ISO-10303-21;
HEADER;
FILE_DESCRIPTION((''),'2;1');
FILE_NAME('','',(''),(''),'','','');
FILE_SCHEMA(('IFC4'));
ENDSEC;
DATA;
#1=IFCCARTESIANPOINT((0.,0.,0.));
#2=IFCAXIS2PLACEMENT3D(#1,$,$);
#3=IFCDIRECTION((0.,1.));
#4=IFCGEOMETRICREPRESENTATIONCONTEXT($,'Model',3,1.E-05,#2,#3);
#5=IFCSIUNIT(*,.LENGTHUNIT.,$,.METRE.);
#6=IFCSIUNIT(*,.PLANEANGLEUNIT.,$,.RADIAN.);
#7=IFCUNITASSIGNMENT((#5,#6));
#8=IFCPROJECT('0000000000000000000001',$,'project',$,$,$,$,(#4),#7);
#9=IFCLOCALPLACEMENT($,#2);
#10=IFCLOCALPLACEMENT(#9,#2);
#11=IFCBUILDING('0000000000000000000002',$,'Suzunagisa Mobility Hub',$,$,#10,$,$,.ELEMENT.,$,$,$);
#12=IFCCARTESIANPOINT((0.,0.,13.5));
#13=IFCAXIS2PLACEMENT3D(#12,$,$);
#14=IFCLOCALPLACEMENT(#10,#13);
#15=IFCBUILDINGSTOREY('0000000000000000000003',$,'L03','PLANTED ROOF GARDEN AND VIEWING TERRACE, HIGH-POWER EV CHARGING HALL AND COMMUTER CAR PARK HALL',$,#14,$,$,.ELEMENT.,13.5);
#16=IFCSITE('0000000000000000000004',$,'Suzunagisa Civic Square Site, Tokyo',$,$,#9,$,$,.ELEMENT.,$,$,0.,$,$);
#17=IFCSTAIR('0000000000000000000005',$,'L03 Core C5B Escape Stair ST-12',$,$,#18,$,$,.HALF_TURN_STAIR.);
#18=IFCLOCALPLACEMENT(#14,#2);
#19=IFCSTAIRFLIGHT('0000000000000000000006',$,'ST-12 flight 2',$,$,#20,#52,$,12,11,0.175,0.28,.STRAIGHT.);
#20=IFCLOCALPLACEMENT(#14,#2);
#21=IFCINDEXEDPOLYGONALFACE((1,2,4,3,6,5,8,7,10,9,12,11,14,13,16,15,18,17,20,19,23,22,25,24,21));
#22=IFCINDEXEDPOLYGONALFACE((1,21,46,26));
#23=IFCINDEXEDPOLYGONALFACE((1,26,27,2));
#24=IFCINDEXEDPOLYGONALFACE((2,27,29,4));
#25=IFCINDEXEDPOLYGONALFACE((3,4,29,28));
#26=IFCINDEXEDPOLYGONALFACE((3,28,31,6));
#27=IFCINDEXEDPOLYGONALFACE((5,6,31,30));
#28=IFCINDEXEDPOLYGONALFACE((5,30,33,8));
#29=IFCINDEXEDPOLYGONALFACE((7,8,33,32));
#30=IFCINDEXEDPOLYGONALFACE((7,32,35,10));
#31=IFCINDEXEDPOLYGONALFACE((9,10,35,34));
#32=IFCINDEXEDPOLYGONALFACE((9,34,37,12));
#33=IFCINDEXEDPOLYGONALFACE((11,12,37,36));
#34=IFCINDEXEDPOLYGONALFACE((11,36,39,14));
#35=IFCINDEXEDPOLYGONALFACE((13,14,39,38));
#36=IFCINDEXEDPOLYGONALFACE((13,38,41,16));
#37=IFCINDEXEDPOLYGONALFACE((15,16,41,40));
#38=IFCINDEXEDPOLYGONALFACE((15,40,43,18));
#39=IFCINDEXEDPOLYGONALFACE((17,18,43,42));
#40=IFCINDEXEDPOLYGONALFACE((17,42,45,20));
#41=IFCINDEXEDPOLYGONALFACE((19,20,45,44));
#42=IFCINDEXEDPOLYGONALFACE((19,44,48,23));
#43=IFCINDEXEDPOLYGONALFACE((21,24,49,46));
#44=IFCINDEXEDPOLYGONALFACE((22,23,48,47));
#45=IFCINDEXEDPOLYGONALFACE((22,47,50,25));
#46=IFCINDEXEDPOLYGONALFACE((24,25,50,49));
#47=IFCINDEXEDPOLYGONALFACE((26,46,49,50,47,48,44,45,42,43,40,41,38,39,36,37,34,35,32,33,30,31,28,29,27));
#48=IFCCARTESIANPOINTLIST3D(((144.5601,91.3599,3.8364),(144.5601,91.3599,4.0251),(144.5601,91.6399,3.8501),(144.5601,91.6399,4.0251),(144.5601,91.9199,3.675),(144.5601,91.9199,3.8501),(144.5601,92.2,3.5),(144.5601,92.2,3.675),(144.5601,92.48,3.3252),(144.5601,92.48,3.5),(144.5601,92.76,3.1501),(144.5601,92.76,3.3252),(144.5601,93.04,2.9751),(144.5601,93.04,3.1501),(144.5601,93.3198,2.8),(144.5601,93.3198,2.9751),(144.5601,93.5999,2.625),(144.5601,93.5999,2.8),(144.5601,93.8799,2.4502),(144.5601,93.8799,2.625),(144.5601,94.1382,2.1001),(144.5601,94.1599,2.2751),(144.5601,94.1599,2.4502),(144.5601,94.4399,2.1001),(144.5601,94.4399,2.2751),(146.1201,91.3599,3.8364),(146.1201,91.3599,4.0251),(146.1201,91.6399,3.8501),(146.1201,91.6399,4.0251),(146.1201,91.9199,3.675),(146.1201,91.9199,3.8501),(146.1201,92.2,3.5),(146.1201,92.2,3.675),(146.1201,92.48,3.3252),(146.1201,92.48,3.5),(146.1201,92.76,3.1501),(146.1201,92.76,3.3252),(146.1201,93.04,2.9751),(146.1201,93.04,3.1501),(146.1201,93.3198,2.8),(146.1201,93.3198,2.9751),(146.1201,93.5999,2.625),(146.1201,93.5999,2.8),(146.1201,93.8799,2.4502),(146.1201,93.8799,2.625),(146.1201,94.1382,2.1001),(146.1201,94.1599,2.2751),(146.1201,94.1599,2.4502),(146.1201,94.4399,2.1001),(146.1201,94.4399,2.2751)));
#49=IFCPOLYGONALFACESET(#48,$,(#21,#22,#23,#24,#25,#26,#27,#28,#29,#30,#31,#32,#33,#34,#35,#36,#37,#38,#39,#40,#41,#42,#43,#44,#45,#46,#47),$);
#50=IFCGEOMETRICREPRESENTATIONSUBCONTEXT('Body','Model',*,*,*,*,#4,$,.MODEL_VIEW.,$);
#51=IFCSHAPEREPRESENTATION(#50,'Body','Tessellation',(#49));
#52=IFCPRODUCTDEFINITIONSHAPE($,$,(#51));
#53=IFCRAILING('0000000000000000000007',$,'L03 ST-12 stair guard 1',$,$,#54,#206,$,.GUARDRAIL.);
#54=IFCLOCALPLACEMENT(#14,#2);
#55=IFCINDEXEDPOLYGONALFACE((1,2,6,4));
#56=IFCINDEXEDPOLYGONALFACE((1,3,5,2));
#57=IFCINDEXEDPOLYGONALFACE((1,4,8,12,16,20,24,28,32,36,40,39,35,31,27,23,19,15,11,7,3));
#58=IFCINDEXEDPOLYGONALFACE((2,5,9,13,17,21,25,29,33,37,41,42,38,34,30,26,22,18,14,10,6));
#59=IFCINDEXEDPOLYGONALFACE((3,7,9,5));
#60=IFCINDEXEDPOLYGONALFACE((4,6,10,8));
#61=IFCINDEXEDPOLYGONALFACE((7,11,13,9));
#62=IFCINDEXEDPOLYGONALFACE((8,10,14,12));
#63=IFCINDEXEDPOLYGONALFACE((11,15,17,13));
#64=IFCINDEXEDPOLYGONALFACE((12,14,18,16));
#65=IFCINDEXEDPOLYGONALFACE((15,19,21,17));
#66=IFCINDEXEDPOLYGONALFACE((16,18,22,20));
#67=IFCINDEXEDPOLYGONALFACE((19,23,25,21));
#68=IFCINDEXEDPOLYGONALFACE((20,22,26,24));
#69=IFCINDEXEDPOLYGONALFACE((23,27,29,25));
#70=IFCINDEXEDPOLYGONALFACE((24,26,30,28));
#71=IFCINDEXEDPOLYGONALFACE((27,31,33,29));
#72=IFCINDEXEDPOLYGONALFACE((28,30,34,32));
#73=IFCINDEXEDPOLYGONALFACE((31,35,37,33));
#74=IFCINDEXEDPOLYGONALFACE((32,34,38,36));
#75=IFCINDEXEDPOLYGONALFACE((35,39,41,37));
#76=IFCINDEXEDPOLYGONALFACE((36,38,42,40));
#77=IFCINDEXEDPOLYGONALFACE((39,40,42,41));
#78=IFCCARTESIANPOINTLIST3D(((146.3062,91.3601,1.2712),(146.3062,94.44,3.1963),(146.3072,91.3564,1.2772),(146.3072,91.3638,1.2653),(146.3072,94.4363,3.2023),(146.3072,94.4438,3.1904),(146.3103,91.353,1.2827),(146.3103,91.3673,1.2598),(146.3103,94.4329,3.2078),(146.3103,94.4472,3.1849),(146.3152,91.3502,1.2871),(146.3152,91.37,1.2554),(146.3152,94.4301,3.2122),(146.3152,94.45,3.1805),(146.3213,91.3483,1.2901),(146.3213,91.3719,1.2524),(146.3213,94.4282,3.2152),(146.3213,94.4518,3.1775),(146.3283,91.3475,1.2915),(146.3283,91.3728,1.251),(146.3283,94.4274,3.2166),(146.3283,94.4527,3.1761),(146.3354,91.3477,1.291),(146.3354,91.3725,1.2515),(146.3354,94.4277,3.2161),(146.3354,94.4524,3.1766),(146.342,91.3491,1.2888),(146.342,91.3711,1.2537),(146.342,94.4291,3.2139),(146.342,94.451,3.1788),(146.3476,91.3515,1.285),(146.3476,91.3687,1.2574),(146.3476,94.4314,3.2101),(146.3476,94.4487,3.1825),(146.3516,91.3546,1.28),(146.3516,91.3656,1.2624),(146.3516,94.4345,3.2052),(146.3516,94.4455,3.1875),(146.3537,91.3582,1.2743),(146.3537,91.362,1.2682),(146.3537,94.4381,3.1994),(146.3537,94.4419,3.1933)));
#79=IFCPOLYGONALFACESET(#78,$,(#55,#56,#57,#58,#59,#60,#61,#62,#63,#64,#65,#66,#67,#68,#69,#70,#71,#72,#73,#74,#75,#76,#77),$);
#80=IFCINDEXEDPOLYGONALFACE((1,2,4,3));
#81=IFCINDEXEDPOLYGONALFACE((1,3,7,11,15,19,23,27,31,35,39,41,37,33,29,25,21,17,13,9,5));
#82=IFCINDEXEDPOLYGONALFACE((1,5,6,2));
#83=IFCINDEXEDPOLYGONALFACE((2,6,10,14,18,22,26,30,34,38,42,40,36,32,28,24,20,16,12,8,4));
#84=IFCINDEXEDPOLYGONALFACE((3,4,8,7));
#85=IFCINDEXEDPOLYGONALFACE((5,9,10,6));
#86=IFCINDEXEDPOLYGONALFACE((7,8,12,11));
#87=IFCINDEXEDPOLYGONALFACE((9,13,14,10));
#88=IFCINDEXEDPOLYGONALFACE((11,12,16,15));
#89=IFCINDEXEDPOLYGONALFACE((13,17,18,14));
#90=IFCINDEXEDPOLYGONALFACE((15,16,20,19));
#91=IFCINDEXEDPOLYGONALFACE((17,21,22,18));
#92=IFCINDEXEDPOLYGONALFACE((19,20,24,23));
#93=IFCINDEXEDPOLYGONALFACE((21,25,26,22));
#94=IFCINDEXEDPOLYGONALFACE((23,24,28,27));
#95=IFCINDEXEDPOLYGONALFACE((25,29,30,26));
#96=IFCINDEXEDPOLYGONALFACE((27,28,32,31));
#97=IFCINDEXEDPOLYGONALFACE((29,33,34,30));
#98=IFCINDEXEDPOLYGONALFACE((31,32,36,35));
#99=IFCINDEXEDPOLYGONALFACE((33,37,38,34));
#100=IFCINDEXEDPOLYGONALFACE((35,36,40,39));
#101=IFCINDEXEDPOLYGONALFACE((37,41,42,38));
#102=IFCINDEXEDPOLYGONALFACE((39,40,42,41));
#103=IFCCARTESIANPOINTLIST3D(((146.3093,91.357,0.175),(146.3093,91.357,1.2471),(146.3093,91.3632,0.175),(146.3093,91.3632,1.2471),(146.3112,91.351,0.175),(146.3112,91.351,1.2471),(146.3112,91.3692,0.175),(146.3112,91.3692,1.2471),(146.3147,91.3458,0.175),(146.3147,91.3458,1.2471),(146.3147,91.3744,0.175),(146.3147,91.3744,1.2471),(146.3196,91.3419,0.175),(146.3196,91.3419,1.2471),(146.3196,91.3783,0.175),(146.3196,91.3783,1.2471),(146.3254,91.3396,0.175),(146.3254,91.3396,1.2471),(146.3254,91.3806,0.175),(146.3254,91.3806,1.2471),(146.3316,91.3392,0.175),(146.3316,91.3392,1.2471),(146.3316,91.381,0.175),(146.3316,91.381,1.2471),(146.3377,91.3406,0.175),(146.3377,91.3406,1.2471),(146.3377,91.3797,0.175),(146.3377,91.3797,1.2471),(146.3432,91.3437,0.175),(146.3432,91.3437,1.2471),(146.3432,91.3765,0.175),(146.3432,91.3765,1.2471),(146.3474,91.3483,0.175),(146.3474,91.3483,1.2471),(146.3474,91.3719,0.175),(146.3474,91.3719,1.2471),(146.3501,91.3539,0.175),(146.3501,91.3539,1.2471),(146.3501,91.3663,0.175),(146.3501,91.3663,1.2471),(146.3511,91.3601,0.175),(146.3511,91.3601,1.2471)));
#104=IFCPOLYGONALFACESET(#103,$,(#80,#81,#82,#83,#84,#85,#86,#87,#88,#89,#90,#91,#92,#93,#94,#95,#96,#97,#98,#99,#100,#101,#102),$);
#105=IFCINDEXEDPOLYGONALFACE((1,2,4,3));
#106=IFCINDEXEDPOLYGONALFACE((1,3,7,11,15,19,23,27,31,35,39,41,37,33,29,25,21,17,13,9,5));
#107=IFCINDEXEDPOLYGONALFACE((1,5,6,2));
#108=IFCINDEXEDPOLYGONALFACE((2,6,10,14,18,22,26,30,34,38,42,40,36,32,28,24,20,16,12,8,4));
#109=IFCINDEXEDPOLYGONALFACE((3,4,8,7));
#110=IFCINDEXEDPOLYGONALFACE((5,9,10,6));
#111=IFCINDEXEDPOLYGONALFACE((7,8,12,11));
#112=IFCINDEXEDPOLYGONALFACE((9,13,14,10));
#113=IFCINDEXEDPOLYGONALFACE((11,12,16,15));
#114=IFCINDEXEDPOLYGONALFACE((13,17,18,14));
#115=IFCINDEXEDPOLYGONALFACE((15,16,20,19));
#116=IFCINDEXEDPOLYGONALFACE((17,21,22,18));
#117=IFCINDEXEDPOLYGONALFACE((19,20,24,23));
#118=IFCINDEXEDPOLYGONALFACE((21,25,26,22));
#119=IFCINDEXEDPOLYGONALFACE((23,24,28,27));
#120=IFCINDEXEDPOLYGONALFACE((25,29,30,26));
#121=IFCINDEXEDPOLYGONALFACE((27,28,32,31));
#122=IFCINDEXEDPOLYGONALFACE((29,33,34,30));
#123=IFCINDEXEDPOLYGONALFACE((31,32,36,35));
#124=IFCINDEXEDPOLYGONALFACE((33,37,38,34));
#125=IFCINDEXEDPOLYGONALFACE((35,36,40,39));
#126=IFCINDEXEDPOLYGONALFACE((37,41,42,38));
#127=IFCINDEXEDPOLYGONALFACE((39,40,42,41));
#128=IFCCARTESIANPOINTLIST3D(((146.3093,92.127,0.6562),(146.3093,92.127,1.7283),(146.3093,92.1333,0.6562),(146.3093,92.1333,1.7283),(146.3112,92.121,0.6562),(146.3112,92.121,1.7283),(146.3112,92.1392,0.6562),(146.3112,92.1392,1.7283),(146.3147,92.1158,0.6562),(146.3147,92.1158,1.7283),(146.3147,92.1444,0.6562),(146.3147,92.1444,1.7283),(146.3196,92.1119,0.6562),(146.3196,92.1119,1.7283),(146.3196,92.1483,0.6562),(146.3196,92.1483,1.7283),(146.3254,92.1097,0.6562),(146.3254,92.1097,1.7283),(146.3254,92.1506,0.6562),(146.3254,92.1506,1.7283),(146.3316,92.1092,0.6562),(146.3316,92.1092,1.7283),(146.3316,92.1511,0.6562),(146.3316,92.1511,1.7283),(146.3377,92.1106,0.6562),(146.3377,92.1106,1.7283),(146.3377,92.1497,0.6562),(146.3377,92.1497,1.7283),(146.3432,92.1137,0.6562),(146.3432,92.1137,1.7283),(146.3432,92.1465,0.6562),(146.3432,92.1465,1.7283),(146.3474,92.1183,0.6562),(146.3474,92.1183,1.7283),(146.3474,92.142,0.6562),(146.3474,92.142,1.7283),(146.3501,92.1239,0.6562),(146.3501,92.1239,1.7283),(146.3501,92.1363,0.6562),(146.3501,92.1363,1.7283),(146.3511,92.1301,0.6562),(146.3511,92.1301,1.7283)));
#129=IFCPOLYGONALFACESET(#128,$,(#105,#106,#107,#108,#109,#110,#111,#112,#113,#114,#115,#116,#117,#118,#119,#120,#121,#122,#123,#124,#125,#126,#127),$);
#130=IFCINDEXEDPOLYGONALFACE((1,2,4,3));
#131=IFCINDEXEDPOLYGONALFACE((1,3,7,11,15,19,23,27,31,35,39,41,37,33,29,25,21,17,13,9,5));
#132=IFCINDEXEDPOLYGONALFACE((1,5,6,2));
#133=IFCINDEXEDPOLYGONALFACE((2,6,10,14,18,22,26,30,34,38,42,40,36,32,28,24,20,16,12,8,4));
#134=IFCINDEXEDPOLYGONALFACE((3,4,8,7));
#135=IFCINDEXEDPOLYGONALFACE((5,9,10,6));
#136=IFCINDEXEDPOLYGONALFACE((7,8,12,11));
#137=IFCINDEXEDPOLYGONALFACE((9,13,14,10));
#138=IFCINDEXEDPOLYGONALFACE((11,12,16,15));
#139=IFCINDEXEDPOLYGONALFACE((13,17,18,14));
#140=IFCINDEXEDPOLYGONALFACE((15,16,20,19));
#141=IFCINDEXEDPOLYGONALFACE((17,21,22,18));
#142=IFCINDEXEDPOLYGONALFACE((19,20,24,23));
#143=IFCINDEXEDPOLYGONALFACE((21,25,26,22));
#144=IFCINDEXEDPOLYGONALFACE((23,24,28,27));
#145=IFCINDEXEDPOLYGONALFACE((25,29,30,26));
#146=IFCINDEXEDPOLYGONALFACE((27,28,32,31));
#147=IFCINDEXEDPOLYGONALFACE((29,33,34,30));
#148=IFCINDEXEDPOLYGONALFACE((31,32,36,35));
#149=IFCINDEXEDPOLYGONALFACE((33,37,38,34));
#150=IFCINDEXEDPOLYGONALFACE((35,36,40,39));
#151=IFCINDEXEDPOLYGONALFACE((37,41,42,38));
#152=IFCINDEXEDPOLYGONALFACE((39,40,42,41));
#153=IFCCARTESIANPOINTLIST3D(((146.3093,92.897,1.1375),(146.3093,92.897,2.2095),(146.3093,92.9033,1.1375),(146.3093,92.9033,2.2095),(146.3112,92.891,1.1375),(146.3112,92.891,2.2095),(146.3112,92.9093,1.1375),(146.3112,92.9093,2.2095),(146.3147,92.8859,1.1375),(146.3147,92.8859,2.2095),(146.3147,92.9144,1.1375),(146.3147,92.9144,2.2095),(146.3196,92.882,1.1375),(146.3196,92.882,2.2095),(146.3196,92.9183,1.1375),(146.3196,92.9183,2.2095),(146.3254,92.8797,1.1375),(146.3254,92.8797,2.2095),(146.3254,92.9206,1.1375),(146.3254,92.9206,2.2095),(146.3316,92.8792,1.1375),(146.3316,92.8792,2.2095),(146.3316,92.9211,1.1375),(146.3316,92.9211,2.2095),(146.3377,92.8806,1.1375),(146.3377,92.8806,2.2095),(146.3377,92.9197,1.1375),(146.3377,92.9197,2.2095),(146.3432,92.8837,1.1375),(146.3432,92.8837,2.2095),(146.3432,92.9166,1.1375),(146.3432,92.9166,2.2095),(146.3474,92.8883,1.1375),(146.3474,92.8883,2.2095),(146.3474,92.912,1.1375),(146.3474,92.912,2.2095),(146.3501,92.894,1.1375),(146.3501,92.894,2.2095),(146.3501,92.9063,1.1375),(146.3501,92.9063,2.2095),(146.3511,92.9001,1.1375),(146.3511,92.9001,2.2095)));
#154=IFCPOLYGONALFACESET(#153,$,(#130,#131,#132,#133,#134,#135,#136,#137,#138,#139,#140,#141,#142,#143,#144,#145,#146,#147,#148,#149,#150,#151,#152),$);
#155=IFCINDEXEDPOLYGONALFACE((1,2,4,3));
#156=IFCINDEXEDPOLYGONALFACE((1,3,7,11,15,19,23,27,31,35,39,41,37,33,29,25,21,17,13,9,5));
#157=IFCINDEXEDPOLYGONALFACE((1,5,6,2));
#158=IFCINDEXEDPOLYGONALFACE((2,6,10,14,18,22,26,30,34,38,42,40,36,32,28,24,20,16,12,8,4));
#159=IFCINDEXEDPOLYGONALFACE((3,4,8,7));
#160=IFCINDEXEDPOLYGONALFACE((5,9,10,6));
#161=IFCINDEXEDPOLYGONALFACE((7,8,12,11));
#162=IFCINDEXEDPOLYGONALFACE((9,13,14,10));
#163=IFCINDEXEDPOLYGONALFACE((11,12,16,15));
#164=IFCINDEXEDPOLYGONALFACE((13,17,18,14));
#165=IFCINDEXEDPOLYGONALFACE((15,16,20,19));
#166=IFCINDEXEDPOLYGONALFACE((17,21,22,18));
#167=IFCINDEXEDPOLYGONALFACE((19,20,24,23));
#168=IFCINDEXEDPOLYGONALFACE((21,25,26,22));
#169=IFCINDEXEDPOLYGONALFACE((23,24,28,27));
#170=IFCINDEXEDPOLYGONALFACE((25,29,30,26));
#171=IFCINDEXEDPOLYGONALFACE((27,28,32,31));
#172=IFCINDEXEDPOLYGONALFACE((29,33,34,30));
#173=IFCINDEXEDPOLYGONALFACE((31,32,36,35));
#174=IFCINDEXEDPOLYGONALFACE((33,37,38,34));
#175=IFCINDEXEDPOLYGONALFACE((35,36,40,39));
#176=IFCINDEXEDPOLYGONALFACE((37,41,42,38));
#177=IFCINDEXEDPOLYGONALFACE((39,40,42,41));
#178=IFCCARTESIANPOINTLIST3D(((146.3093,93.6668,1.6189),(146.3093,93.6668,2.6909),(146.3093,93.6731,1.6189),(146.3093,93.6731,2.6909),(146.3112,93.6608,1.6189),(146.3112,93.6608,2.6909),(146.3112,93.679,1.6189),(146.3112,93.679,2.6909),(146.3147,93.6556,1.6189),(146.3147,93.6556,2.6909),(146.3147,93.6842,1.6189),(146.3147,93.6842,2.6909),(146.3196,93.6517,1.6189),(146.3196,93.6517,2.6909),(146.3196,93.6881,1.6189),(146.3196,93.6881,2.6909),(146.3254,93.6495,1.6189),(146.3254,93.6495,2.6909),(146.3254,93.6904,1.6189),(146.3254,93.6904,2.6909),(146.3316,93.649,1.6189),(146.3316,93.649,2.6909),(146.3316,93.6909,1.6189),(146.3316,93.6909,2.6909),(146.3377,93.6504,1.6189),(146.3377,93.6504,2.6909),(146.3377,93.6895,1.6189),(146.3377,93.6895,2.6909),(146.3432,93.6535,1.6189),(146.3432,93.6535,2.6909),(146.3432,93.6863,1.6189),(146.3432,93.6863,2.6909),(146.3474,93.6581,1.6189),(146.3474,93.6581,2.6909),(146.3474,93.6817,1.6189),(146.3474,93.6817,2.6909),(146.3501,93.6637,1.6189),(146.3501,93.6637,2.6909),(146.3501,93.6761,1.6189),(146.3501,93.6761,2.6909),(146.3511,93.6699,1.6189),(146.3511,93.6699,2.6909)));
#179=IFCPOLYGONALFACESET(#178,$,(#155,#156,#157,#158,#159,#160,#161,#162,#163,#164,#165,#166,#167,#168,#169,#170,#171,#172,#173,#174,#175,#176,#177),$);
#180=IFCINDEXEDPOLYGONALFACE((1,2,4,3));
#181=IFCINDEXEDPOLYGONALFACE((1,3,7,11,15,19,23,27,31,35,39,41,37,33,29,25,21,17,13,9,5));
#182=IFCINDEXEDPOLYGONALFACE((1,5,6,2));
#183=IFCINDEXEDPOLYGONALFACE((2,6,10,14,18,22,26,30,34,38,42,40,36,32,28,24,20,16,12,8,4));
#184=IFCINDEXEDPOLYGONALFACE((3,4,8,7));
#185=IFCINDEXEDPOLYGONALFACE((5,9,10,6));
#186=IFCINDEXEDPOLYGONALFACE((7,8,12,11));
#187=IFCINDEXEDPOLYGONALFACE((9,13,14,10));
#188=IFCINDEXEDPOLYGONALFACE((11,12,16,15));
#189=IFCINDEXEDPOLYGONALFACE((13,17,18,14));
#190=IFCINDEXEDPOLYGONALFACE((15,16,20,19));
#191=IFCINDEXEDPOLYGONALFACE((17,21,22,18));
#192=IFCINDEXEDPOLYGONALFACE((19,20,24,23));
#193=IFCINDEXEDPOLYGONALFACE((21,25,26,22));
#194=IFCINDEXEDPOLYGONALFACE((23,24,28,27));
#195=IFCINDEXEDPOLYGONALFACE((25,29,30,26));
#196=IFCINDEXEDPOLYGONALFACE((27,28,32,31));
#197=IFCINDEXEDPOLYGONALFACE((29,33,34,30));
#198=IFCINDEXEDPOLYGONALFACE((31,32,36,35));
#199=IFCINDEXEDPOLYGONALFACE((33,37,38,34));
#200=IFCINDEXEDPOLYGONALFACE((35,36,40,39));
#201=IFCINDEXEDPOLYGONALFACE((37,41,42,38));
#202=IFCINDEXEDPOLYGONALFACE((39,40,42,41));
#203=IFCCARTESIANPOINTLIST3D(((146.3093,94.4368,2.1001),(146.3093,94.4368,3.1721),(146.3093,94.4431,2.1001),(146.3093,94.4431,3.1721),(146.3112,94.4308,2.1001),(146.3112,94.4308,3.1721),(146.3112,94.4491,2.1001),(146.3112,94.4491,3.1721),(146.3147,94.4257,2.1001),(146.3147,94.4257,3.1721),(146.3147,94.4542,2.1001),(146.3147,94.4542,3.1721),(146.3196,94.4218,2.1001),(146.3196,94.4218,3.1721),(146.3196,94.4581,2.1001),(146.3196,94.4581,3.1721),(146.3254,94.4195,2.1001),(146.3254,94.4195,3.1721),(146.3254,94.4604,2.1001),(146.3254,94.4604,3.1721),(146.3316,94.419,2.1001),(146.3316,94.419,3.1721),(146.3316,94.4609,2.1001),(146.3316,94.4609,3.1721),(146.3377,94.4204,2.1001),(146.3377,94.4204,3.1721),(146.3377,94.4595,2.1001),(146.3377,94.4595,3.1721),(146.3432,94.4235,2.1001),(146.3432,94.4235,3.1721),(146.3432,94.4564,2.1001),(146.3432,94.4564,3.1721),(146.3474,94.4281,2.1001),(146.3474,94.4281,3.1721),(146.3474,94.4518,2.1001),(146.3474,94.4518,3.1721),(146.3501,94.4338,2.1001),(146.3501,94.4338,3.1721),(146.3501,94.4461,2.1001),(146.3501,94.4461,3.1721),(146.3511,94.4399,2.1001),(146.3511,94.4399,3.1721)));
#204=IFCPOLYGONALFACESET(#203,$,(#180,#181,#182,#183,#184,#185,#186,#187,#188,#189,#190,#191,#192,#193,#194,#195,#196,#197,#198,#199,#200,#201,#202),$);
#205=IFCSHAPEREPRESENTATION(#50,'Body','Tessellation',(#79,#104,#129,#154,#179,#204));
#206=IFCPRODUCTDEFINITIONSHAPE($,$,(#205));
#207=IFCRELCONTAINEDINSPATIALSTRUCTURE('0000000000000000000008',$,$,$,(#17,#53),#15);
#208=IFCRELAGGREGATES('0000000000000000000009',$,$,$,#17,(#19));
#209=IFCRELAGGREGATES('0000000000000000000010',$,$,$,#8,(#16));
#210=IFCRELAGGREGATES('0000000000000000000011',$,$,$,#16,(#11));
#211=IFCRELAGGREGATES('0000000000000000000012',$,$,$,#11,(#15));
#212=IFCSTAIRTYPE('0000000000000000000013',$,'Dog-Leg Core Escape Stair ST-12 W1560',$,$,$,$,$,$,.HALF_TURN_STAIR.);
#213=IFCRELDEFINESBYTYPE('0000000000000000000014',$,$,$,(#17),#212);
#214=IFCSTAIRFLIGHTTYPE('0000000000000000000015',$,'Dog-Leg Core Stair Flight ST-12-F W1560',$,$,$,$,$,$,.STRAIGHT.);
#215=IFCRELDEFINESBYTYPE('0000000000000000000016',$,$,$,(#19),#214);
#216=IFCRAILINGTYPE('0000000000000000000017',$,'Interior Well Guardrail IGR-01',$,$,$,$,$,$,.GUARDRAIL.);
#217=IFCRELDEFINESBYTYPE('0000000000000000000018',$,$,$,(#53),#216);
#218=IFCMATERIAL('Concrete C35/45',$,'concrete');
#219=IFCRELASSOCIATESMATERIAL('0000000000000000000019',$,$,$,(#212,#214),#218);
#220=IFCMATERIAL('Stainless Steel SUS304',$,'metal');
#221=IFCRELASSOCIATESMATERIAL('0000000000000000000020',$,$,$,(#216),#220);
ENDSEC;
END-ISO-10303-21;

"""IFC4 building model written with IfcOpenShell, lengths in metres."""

from ifc_helpers import new_model, si_unit, direction, frame, origin, origin_2d, place, context, subcontext, project, spatial, polyline, circle, outline, extrude, material, type_object, element, aggregate, save


model = new_model("IFC4")

# Units and contexts
model_context = context("Model", 3, precision=1e-05, world=origin(), true_north=direction((0.0, 1.0)))
body_context = subcontext(model_context, "Body", "Model", "MODEL_VIEW")
ifc_project = project(units=[si_unit("LENGTHUNIT", "METRE"), si_unit("PLANEANGLEUNIT", "RADIAN")], contexts=[model_context])

# Site, building, storey
site_placement = place(None, origin())
site = spatial("IfcSite", under=ifc_project, at=site_placement, Name="Suzunagisa Civic Square Site, Tokyo", CompositionType="ELEMENT", RefElevation=0.0)
building_placement = place(site_placement, origin())
building = spatial("IfcBuilding", under=site, at=building_placement, Name="Suzunagisa Mobility Hub", CompositionType="ELEMENT")
storey_placement = place(building_placement, frame((0.0, 0.0, 13.5)))
storey = spatial("IfcBuildingStorey", under=building, at=storey_placement, Name="L03", Description="PLANTED ROOF GARDEN AND VIEWING TERRACE, HIGH-POWER EV CHARGING HALL AND COMMUTER CAR PARK HALL", CompositionType="ELEMENT", Elevation=13.5)

# Shared definitions
ifc_material_1 = material(Name="Concrete C35/45", Category="concrete")

# Stair, stair flight
stair_type = type_object("IfcStairType", Name="Dog-Leg Core Escape Stair ST-12 W1560", PredefinedType="HALF_TURN_STAIR", material=ifc_material_1)
stair_placement = place(storey_placement, origin())
stair = element("IfcStair", 1, at=stair_placement, inside=storey, type_object=stair_type, Name="L03 Core C5B Escape Stair ST-12", PredefinedType="HALF_TURN_STAIR")
stair_flight_type = type_object("IfcStairFlightType", Name="Dog-Leg Core Stair Flight ST-12-F W1560", PredefinedType="STRAIGHT", material=ifc_material_1)
stair_flight_placement = place(storey_placement, frame((145.3401, 94.4399, 2.1001), z_axis=(0.0, 0.0, 1.0), x_axis=(0.0, -1.0, 0.0)))
stair_flight = element("IfcStairFlight", 2, at=stair_flight_placement, type_object=stair_flight_type, Name="ST-12 flight 2", NumberOfRisers=12, NumberOfTreads=11, PredefinedType="STRAIGHT", RiserHeight=0.175, TreadLength=0.28, context=body_context, shape_type="SweptSolid", body=[
    extrude(outline(polyline([(0.0, 0.0), (0.0, 0.175), (0.28, 0.175), (0.28, 0.3501), (0.5601, 0.3501), (0.5601, 0.5249), (0.8401, 0.5249), (0.8401, 0.7), (1.1201, 0.7), (1.1201, 0.875), (1.3999, 0.875), (1.3999, 1.05), (1.6799, 1.05), (1.6799, 1.2251), (1.96, 1.2251), (1.96, 1.3999), (2.24, 1.3999), (2.24, 1.575), (2.52, 1.575), (2.52, 1.75), (2.8, 1.75), (2.8, 1.925), (3.0801, 1.925), (3.0801, 2.1001), (3.0801, 1.7363), (0.3018, 0.0), (0.0, 0.0)])), frame((0.0, 0.78, 0.0), z_axis=(0.0, -1.0, 0.0), x_axis=(1.0, 0.0, 0.0)), (0.0, 0.0, 1.0), 1.5601),
])
aggregate(stair, [stair_flight])

# Railing
ifc_material_2 = material(Name="Stainless Steel SUS304", Category="metal")
railing_type_1 = type_object("IfcRailingType", Name="Interior Well Guardrail IGR-01", PredefinedType="GUARDRAIL", material=ifc_material_2)
railing_1_placement = place(storey_placement, frame((146.3301, 91.3601, 0.175)))
element("IfcRailing", 3, at=railing_1_placement, inside=storey, type_object=railing_type_1, Name="L03 ST-12 stair guard 1", PredefinedType="GUARDRAIL", context=body_context, shape_type="SweptSolid", body=[
    extrude(circle(Radius=0.0239, at=origin_2d()), frame((0.0, 0.0, 1.0962), z_axis=(0.0, 0.847979, 0.530029), x_axis=(-1.0, 0.0, 0.0)), (0.0, 0.0, 1.0), 3.6321),
    extrude(circle(Radius=0.021, at=origin_2d()), origin(), (0.0, 0.0, 1.0), 1.072),
    extrude(circle(Radius=0.021, at=origin_2d()), frame((0.0, 0.77, 0.4812)), (0.0, 0.0, 1.0), 1.072),
    extrude(circle(Radius=0.021, at=origin_2d()), frame((0.0, 1.54, 0.9624)), (0.0, 0.0, 1.0), 1.072),
    extrude(circle(Radius=0.021, at=origin_2d()), frame((0.0, 2.3098, 1.4438)), (0.0, 0.0, 1.0), 1.072),
    extrude(circle(Radius=0.021, at=origin_2d()), frame((0.0, 3.0798, 1.925)), (0.0, 0.0, 1.0), 1.072),
])

save(model, "model.ifc")
